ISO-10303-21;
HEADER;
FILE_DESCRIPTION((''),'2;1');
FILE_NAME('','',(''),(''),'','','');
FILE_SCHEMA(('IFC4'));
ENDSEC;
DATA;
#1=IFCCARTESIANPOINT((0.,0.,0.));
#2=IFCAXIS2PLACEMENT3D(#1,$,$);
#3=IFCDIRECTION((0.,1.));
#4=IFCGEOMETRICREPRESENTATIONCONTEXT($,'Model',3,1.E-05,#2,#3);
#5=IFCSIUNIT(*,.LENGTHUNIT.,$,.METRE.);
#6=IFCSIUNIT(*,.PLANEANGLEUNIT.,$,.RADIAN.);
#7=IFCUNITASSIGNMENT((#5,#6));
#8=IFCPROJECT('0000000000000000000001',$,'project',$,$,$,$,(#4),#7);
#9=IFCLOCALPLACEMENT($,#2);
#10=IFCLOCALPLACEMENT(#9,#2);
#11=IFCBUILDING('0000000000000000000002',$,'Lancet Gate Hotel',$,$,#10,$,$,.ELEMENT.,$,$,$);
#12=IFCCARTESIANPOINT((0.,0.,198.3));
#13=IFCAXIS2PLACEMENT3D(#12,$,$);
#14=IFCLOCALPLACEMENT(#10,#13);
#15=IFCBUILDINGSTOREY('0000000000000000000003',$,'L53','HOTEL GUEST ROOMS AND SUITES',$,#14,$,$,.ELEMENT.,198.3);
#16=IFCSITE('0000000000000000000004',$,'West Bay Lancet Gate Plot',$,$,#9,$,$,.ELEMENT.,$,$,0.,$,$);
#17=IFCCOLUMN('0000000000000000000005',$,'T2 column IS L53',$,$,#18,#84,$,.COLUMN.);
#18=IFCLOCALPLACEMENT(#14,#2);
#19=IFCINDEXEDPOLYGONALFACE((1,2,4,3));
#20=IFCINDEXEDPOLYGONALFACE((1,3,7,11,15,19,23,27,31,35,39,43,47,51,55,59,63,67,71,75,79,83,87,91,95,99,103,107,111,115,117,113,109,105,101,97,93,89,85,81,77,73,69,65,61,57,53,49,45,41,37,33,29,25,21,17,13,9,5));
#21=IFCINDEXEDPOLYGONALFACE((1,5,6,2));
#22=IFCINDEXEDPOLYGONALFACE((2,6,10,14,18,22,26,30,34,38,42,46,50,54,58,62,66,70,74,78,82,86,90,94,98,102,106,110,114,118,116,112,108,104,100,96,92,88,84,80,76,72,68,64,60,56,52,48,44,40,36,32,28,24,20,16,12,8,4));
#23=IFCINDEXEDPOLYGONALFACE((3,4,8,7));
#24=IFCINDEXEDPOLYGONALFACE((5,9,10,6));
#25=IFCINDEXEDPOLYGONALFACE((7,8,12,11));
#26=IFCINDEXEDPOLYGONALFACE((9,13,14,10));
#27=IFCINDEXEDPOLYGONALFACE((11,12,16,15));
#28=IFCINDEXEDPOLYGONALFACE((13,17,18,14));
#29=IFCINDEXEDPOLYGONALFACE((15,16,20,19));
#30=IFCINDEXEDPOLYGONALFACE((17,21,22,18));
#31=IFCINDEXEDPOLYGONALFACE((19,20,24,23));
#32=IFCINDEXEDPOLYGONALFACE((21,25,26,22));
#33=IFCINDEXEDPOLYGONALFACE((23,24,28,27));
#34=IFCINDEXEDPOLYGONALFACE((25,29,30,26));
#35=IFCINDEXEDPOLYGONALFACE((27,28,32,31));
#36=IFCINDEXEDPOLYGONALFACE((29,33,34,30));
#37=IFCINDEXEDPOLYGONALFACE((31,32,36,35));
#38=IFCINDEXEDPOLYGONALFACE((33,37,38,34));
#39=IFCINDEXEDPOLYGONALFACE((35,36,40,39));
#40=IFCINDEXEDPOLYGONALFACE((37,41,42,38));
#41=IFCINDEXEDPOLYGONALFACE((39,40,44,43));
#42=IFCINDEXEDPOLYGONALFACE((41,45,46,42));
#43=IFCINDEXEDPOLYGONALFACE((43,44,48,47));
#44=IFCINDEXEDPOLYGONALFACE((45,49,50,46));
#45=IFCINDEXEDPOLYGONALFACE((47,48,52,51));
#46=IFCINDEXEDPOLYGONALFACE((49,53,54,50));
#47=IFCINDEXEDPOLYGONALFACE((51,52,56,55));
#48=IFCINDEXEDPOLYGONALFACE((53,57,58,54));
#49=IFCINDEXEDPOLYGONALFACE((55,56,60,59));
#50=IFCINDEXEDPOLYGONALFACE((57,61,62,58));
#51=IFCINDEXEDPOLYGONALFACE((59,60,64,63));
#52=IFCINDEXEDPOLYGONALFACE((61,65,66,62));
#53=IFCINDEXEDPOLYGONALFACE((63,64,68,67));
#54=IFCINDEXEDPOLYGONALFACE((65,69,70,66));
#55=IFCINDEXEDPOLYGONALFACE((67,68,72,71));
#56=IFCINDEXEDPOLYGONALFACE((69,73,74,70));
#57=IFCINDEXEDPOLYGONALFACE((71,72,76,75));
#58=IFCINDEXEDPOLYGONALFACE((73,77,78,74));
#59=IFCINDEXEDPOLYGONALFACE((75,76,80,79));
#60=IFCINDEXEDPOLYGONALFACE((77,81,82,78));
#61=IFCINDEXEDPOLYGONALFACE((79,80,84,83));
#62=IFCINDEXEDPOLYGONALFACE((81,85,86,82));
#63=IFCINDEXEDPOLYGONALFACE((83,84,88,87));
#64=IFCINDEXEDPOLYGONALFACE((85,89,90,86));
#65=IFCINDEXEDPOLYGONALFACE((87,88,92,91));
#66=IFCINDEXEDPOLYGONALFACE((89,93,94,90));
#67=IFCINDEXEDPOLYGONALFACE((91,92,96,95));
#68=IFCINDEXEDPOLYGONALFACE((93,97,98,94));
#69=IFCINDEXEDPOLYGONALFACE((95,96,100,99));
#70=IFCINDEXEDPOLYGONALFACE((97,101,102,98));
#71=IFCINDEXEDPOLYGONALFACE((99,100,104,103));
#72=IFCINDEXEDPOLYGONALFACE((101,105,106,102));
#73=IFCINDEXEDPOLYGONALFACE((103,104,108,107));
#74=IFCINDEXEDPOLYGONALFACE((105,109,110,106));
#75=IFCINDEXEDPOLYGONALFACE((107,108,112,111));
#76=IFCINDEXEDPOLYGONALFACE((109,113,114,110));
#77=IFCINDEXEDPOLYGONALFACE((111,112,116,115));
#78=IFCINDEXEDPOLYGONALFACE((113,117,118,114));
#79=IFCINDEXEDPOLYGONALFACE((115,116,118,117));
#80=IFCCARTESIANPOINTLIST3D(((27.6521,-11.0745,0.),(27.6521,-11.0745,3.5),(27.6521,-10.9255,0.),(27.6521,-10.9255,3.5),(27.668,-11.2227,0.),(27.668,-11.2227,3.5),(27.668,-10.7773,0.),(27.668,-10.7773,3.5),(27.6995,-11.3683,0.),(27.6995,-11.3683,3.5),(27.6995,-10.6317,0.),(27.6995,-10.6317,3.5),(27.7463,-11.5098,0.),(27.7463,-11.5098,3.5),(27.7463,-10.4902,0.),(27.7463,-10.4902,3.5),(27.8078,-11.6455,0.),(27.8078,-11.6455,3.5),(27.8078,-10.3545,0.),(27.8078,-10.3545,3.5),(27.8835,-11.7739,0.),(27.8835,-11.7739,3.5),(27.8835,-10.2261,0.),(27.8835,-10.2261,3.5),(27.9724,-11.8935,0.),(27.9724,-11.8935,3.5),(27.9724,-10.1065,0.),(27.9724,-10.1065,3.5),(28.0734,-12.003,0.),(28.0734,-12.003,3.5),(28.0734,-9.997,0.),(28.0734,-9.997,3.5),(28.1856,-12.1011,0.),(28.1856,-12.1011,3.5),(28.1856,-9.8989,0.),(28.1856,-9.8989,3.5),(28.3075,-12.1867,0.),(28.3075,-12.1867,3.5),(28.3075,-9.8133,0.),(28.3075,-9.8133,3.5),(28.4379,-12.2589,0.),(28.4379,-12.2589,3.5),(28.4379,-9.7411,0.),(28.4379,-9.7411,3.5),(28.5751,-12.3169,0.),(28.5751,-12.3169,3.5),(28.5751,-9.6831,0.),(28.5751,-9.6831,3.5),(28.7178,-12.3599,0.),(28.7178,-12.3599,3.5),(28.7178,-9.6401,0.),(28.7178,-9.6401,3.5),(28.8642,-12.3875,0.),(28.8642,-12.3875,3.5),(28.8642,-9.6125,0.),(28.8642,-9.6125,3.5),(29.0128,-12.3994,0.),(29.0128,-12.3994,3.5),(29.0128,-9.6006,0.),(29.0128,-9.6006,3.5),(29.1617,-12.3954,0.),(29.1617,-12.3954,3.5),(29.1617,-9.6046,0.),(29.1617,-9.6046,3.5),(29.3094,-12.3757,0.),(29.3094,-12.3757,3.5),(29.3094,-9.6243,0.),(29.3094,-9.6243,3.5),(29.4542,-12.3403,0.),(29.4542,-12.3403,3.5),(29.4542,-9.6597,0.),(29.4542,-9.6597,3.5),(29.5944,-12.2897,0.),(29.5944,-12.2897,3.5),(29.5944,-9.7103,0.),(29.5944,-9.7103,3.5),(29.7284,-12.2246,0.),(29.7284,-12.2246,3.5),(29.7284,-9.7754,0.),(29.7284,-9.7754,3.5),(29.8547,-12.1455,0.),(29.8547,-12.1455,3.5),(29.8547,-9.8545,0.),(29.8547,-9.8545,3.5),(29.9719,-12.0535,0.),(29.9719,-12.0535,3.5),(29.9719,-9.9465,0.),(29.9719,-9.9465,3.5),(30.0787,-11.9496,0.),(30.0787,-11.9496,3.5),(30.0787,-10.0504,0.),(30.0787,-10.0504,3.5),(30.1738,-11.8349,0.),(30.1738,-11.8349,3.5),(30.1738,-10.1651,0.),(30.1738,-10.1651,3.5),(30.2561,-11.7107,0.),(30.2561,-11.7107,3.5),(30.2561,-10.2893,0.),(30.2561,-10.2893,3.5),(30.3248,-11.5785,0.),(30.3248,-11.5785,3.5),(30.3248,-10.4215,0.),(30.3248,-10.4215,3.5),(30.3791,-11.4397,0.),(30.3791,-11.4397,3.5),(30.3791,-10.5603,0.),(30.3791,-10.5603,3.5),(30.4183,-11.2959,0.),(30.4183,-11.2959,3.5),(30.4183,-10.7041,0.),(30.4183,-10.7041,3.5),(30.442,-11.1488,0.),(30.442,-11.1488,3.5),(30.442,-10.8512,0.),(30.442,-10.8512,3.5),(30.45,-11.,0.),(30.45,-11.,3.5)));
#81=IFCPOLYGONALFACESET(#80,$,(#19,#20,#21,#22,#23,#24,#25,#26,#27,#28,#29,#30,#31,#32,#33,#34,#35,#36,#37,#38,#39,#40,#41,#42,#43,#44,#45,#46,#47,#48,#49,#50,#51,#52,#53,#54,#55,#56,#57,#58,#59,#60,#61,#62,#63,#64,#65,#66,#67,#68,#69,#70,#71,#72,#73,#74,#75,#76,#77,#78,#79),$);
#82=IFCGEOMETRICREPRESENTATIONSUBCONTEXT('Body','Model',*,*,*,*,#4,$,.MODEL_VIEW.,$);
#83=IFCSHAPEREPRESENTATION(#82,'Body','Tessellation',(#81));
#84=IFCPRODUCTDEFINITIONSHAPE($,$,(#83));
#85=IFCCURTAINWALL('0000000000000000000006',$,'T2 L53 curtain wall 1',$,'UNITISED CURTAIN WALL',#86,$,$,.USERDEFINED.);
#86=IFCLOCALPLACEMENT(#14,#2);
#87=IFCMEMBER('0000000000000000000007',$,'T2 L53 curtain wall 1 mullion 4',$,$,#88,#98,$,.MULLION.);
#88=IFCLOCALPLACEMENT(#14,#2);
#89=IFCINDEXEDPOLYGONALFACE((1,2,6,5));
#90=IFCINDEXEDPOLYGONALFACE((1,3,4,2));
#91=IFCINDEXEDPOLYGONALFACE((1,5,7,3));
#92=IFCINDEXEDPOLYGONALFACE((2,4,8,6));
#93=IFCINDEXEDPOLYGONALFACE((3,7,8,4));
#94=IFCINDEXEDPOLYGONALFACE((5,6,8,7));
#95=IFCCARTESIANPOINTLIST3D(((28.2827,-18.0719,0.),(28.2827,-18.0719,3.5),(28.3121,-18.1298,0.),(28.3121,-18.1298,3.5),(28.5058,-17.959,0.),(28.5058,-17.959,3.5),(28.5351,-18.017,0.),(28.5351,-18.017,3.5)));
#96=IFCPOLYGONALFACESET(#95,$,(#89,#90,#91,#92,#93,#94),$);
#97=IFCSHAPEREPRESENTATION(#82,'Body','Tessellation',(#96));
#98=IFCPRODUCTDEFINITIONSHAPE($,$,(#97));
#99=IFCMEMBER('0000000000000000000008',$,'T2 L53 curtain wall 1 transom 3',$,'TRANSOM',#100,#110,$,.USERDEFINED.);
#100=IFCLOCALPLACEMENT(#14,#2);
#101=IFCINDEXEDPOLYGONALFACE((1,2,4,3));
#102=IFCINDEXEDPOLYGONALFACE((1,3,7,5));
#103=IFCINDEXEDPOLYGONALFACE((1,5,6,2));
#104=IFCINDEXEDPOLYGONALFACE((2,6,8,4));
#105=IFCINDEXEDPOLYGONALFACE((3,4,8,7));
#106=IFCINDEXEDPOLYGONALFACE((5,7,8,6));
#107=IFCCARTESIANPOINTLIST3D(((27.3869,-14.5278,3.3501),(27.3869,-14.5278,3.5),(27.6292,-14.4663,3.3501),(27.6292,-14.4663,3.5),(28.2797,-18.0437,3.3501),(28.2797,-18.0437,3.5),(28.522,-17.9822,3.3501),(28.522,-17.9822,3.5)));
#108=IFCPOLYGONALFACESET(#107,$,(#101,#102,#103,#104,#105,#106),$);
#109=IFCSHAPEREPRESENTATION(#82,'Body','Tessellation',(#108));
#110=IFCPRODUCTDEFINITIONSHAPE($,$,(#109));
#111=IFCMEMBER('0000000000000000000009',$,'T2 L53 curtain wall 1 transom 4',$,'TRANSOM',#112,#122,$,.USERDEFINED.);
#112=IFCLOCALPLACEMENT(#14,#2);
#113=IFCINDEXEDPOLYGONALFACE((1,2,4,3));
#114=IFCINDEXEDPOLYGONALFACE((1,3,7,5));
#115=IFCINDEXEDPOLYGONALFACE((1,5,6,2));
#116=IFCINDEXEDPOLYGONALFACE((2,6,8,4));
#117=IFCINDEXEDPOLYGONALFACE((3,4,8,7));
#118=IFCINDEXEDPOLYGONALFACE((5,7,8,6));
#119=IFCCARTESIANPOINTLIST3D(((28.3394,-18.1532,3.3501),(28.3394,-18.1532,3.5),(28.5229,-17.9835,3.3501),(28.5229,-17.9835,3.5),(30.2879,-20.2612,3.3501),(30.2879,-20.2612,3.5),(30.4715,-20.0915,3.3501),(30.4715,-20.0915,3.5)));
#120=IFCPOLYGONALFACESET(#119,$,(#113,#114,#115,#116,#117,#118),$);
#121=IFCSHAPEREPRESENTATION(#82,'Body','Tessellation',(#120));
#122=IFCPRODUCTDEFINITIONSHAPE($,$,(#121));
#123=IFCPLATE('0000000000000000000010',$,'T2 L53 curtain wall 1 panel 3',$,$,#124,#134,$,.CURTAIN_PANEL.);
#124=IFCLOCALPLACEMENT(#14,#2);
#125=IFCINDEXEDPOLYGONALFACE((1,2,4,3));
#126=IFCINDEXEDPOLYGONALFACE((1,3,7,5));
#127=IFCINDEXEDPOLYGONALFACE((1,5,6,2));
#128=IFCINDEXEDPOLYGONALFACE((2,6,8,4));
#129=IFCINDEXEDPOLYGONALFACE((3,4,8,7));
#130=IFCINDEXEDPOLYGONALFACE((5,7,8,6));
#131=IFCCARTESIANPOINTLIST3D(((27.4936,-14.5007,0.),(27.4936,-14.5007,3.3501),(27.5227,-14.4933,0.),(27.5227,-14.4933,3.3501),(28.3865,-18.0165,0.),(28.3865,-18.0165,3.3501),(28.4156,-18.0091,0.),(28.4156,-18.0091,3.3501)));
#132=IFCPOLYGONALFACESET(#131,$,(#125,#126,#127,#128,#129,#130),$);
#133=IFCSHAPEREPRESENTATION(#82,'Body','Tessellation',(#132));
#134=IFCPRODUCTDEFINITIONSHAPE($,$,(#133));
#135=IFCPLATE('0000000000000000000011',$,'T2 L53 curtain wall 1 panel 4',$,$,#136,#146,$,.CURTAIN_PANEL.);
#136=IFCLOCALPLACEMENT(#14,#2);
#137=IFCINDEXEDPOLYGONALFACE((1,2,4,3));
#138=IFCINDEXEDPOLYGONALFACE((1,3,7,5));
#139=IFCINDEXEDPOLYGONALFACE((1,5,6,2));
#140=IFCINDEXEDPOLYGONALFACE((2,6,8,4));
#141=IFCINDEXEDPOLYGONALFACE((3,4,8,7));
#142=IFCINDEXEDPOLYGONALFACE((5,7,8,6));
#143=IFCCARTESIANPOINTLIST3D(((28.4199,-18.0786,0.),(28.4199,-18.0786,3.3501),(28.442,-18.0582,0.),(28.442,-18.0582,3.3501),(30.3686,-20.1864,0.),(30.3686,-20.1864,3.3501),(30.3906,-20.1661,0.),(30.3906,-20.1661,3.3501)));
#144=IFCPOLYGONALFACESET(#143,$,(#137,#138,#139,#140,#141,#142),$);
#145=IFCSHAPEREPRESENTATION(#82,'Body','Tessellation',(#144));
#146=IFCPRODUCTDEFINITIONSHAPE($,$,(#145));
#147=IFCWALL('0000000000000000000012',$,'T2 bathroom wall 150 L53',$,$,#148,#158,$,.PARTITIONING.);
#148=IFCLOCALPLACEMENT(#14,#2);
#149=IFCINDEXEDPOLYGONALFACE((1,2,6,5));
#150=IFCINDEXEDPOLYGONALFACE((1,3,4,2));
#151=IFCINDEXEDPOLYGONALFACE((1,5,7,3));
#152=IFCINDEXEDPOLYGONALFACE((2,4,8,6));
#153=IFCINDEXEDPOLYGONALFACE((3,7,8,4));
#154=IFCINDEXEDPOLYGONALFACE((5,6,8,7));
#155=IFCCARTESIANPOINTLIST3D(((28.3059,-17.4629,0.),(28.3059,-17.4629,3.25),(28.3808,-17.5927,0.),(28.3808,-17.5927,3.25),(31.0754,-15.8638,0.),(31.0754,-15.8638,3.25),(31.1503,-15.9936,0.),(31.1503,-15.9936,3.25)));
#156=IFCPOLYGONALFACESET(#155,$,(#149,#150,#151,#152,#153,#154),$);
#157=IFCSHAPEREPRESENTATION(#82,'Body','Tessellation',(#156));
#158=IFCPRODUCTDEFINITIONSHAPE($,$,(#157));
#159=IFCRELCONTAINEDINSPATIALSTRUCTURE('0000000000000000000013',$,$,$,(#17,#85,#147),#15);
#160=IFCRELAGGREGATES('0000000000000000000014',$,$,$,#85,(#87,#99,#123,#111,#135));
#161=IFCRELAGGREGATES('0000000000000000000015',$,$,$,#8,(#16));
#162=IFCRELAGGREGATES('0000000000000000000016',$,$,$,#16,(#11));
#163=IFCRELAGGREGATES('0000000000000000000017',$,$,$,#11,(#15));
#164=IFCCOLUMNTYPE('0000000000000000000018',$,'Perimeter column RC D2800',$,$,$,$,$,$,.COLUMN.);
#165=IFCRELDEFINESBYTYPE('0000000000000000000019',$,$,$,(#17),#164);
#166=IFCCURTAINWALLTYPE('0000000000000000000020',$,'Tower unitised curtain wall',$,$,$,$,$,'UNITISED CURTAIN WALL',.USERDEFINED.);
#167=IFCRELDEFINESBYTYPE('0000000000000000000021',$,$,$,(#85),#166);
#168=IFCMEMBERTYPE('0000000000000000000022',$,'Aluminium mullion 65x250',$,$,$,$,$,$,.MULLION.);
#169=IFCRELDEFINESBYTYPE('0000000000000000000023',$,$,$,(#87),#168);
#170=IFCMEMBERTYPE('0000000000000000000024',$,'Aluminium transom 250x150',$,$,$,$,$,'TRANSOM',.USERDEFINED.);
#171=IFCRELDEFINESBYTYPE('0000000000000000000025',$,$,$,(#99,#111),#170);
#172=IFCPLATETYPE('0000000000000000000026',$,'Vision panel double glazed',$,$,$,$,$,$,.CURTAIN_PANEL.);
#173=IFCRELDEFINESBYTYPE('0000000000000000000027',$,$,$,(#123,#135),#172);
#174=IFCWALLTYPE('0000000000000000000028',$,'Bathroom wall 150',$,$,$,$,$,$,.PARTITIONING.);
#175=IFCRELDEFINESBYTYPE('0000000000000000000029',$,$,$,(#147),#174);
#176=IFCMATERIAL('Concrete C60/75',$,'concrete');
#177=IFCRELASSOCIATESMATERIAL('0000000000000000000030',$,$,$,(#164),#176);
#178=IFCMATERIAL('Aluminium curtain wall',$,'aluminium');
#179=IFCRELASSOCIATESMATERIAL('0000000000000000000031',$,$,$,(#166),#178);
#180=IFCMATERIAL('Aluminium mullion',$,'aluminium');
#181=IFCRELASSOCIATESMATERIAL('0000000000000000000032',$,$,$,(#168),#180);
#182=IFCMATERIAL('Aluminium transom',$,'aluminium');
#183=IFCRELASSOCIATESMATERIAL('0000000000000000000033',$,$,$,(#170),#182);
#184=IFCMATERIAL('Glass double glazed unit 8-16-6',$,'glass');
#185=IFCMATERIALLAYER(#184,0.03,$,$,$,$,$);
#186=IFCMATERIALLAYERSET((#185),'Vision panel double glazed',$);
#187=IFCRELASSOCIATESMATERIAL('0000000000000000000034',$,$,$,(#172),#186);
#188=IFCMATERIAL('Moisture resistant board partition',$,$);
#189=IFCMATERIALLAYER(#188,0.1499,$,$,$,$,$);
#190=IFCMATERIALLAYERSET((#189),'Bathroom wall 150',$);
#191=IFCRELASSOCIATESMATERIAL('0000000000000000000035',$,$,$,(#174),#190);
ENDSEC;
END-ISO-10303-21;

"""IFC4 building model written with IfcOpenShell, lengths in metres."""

from ifc_helpers import new_model, si_unit, direction, frame, frame_2d, origin, origin_2d, place, context, subcontext, project, spatial, rectangle, circle, extrude, material, layer, layer_set, material_profile, profile_set, type_object, element, aggregate, save


model = new_model("IFC4")

# Units and contexts
model_context = context("Model", 3, precision=1e-05, world=origin(), true_north=direction((0.0, 1.0)))
body_context = subcontext(model_context, "Body", "Model", "MODEL_VIEW")
ifc_project = project(units=[si_unit("LENGTHUNIT", "METRE"), si_unit("PLANEANGLEUNIT", "RADIAN")], contexts=[model_context])

# Site, building, storey
site_placement = place(None, origin())
site = spatial("IfcSite", under=ifc_project, at=site_placement, Name="West Bay Lancet Gate Plot", CompositionType="ELEMENT", RefElevation=0.0)
building_placement = place(site_placement, origin())
building = spatial("IfcBuilding", under=site, at=building_placement, Name="Lancet Gate Hotel", CompositionType="ELEMENT")
storey_placement = place(building_placement, frame((0.0, 0.0, 198.3)))
storey = spatial("IfcBuildingStorey", under=building, at=storey_placement, Name="L53", Description="HOTEL GUEST ROOMS AND SUITES", CompositionType="ELEMENT", Elevation=198.3)

# Column
ifc_material_1 = material(Name="Concrete C60/75", Category="concrete")
ifc_material_profile_1 = material_profile(ifc_material_1, circle(Radius=1.3999, at=origin_2d()), Name="RC D2800")
ifc_profile_set_1 = profile_set([ifc_material_profile_1], Name="Concrete C60/75")
column_type = type_object("IfcColumnType", Name="Perimeter column RC D2800", PredefinedType="COLUMN", material=ifc_profile_set_1)
column_placement = place(storey_placement, frame((29.05, -11.0, 0.0), z_axis=(0.0, 0.0, 1.0), x_axis=(1.0, 0.0, 0.0)))
element("IfcColumn", 1, at=column_placement, inside=storey, type_object=column_type, Name="T2 column IS L53", PredefinedType="COLUMN", context=body_context, shape_type="SweptSolid", body=[
    extrude(circle(Radius=1.3999, at=origin_2d()), origin(), (0.0, 0.0, 1.0), 3.5),
])

# Curtain wall, members, plates
ifc_material_2 = material(Name="Aluminium curtain wall", Category="aluminium")
curtain_wall_type = type_object("IfcCurtainWallType", Name="Tower unitised curtain wall", ElementType="UNITISED CURTAIN WALL", PredefinedType="USERDEFINED", material=ifc_material_2)
curtain_wall_placement = place(storey_placement, origin())
curtain_wall = element("IfcCurtainWall", 2, at=curtain_wall_placement, inside=storey, type_object=curtain_wall_type, Name="T2 L53 curtain wall 1", ObjectType="UNITISED CURTAIN WALL", PredefinedType="USERDEFINED")
ifc_material_3 = material(Name="Aluminium mullion", Category="aluminium")
ifc_material_profile_2 = material_profile(ifc_material_3, rectangle(XDim=0.0649, YDim=0.25, at=origin_2d()), Name="MULLION 65x250")
ifc_profile_set_2 = profile_set([ifc_material_profile_2], Name="Aluminium mullion")
member_type_1 = type_object("IfcMemberType", Name="Aluminium mullion 65x250", PredefinedType="MULLION", material=ifc_profile_set_2)
member_1_placement = place(storey_placement, frame((28.4089, -18.0444, 0.0), z_axis=(0.0, 0.0, 1.0), x_axis=(0.451506, -0.892268, 0.0)))
member_1 = element("IfcMember", 3, at=member_1_placement, type_object=member_type_1, Name="T2 L53 curtain wall 1 mullion 4", PredefinedType="MULLION", context=body_context, shape_type="SweptSolid", body=[
    extrude(rectangle(XDim=0.0649, YDim=0.25, at=origin_2d()), origin(), (0.0, 0.0, 1.0), 3.5),
])
ifc_material_4 = material(Name="Aluminium transom", Category="aluminium")
ifc_material_profile_3 = material_profile(ifc_material_4, rectangle(XDim=0.25, YDim=0.1499, at=origin_2d()), Name="TRANSOM 250x150")
ifc_profile_set_3 = profile_set([ifc_material_profile_3], Name="Aluminium transom")
member_type_2 = type_object("IfcMemberType", Name="Aluminium transom 250x150", ElementType="TRANSOM", PredefinedType="USERDEFINED", material=ifc_profile_set_3)
member_2_placement = place(storey_placement, frame((27.5081, -14.4971, 3.425), z_axis=(0.246129, -0.969237, 0.0), x_axis=(0.969237, 0.246129, 0.0)))
member_2 = element("IfcMember", 4, at=member_2_placement, type_object=member_type_2, Name="T2 L53 curtain wall 1 transom 3", ObjectType="TRANSOM", PredefinedType="USERDEFINED", context=body_context, shape_type="SweptSolid", body=[
    extrude(rectangle(XDim=0.25, YDim=0.1499, at=origin_2d()), origin(), (0.0, 0.0, 1.0), 3.6274),
])
member_3_placement = place(storey_placement, frame((28.4312, -18.0684, 3.425), z_axis=(0.678792, -0.73433, 0.0), x_axis=(0.73433, 0.678792, 0.0)))
member_3 = element("IfcMember", 5, at=member_3_placement, type_object=member_type_2, Name="T2 L53 curtain wall 1 transom 4", ObjectType="TRANSOM", PredefinedType="USERDEFINED", context=body_context, shape_type="SweptSolid", body=[
    extrude(rectangle(XDim=0.25, YDim=0.1499, at=origin_2d()), origin(), (0.0, 0.0, 1.0), 2.8706),
])
ifc_material_5 = material(Name="Glass double glazed unit 8-16-6", Category="glass")
ifc_layer_1 = layer(ifc_material_5, 0.03)
ifc_layer_set_1 = layer_set([ifc_layer_1], Name="Vision panel double glazed")
plate_type = type_object("IfcPlateType", Name="Vision panel double glazed", PredefinedType="CURTAIN_PANEL", material=ifc_layer_set_1)
plate_1_placement = place(storey_placement, frame((27.9546, -16.2549, 0.0), z_axis=(0.0, 0.0, 1.0), x_axis=(0.246167, -0.969228, 0.0)))
plate_1 = element("IfcPlate", 6, at=plate_1_placement, type_object=plate_type, Name="T2 L53 curtain wall 1 panel 3", PredefinedType="CURTAIN_PANEL", context=body_context, shape_type="SweptSolid", body=[
    extrude(rectangle(XDim=3.6274, YDim=0.03, at=origin_2d()), origin(), (0.0, 0.0, 1.0), 3.3501),
])
plate_2_placement = place(storey_placement, frame((29.4053, -19.1223, 0.0), z_axis=(0.0, 0.0, 1.0), x_axis=(0.678831, -0.734294, 0.0)))
plate_2 = element("IfcPlate", 7, at=plate_2_placement, type_object=plate_type, Name="T2 L53 curtain wall 1 panel 4", PredefinedType="CURTAIN_PANEL", context=body_context, shape_type="SweptSolid", body=[
    extrude(rectangle(XDim=2.8706, YDim=0.03, at=origin_2d()), origin(), (0.0, 0.0, 1.0), 3.3501),
])
aggregate(curtain_wall, [member_1, member_2, plate_1, member_3, plate_2])

# Wall
ifc_material_6 = material(Name="Moisture resistant board partition")
ifc_layer_2 = layer(ifc_material_6, 0.1499)
ifc_layer_set_2 = layer_set([ifc_layer_2], Name="Bathroom wall 150")
wall_type_1 = type_object("IfcWallType", Name="Bathroom wall 150", PredefinedType="PARTITIONING", material=ifc_layer_set_2)
wall_1_placement = place(storey_placement, frame((28.3433, -17.5278, 0.0), z_axis=(0.0, 0.0, 1.0), x_axis=(0.866008, 0.500031, 0.0)))
element("IfcWall", 8, at=wall_1_placement, inside=storey, type_object=wall_type_1, Name="T2 bathroom wall 150 L53", PredefinedType="PARTITIONING", context=body_context, shape_type="SweptSolid", body=[
    extrude(rectangle(XDim=3.198, YDim=0.1499, at=frame_2d((1.5991, 0.0))), origin(), (0.0, 0.0, 1.0), 3.25),
])

save(model, "model.ifc")
